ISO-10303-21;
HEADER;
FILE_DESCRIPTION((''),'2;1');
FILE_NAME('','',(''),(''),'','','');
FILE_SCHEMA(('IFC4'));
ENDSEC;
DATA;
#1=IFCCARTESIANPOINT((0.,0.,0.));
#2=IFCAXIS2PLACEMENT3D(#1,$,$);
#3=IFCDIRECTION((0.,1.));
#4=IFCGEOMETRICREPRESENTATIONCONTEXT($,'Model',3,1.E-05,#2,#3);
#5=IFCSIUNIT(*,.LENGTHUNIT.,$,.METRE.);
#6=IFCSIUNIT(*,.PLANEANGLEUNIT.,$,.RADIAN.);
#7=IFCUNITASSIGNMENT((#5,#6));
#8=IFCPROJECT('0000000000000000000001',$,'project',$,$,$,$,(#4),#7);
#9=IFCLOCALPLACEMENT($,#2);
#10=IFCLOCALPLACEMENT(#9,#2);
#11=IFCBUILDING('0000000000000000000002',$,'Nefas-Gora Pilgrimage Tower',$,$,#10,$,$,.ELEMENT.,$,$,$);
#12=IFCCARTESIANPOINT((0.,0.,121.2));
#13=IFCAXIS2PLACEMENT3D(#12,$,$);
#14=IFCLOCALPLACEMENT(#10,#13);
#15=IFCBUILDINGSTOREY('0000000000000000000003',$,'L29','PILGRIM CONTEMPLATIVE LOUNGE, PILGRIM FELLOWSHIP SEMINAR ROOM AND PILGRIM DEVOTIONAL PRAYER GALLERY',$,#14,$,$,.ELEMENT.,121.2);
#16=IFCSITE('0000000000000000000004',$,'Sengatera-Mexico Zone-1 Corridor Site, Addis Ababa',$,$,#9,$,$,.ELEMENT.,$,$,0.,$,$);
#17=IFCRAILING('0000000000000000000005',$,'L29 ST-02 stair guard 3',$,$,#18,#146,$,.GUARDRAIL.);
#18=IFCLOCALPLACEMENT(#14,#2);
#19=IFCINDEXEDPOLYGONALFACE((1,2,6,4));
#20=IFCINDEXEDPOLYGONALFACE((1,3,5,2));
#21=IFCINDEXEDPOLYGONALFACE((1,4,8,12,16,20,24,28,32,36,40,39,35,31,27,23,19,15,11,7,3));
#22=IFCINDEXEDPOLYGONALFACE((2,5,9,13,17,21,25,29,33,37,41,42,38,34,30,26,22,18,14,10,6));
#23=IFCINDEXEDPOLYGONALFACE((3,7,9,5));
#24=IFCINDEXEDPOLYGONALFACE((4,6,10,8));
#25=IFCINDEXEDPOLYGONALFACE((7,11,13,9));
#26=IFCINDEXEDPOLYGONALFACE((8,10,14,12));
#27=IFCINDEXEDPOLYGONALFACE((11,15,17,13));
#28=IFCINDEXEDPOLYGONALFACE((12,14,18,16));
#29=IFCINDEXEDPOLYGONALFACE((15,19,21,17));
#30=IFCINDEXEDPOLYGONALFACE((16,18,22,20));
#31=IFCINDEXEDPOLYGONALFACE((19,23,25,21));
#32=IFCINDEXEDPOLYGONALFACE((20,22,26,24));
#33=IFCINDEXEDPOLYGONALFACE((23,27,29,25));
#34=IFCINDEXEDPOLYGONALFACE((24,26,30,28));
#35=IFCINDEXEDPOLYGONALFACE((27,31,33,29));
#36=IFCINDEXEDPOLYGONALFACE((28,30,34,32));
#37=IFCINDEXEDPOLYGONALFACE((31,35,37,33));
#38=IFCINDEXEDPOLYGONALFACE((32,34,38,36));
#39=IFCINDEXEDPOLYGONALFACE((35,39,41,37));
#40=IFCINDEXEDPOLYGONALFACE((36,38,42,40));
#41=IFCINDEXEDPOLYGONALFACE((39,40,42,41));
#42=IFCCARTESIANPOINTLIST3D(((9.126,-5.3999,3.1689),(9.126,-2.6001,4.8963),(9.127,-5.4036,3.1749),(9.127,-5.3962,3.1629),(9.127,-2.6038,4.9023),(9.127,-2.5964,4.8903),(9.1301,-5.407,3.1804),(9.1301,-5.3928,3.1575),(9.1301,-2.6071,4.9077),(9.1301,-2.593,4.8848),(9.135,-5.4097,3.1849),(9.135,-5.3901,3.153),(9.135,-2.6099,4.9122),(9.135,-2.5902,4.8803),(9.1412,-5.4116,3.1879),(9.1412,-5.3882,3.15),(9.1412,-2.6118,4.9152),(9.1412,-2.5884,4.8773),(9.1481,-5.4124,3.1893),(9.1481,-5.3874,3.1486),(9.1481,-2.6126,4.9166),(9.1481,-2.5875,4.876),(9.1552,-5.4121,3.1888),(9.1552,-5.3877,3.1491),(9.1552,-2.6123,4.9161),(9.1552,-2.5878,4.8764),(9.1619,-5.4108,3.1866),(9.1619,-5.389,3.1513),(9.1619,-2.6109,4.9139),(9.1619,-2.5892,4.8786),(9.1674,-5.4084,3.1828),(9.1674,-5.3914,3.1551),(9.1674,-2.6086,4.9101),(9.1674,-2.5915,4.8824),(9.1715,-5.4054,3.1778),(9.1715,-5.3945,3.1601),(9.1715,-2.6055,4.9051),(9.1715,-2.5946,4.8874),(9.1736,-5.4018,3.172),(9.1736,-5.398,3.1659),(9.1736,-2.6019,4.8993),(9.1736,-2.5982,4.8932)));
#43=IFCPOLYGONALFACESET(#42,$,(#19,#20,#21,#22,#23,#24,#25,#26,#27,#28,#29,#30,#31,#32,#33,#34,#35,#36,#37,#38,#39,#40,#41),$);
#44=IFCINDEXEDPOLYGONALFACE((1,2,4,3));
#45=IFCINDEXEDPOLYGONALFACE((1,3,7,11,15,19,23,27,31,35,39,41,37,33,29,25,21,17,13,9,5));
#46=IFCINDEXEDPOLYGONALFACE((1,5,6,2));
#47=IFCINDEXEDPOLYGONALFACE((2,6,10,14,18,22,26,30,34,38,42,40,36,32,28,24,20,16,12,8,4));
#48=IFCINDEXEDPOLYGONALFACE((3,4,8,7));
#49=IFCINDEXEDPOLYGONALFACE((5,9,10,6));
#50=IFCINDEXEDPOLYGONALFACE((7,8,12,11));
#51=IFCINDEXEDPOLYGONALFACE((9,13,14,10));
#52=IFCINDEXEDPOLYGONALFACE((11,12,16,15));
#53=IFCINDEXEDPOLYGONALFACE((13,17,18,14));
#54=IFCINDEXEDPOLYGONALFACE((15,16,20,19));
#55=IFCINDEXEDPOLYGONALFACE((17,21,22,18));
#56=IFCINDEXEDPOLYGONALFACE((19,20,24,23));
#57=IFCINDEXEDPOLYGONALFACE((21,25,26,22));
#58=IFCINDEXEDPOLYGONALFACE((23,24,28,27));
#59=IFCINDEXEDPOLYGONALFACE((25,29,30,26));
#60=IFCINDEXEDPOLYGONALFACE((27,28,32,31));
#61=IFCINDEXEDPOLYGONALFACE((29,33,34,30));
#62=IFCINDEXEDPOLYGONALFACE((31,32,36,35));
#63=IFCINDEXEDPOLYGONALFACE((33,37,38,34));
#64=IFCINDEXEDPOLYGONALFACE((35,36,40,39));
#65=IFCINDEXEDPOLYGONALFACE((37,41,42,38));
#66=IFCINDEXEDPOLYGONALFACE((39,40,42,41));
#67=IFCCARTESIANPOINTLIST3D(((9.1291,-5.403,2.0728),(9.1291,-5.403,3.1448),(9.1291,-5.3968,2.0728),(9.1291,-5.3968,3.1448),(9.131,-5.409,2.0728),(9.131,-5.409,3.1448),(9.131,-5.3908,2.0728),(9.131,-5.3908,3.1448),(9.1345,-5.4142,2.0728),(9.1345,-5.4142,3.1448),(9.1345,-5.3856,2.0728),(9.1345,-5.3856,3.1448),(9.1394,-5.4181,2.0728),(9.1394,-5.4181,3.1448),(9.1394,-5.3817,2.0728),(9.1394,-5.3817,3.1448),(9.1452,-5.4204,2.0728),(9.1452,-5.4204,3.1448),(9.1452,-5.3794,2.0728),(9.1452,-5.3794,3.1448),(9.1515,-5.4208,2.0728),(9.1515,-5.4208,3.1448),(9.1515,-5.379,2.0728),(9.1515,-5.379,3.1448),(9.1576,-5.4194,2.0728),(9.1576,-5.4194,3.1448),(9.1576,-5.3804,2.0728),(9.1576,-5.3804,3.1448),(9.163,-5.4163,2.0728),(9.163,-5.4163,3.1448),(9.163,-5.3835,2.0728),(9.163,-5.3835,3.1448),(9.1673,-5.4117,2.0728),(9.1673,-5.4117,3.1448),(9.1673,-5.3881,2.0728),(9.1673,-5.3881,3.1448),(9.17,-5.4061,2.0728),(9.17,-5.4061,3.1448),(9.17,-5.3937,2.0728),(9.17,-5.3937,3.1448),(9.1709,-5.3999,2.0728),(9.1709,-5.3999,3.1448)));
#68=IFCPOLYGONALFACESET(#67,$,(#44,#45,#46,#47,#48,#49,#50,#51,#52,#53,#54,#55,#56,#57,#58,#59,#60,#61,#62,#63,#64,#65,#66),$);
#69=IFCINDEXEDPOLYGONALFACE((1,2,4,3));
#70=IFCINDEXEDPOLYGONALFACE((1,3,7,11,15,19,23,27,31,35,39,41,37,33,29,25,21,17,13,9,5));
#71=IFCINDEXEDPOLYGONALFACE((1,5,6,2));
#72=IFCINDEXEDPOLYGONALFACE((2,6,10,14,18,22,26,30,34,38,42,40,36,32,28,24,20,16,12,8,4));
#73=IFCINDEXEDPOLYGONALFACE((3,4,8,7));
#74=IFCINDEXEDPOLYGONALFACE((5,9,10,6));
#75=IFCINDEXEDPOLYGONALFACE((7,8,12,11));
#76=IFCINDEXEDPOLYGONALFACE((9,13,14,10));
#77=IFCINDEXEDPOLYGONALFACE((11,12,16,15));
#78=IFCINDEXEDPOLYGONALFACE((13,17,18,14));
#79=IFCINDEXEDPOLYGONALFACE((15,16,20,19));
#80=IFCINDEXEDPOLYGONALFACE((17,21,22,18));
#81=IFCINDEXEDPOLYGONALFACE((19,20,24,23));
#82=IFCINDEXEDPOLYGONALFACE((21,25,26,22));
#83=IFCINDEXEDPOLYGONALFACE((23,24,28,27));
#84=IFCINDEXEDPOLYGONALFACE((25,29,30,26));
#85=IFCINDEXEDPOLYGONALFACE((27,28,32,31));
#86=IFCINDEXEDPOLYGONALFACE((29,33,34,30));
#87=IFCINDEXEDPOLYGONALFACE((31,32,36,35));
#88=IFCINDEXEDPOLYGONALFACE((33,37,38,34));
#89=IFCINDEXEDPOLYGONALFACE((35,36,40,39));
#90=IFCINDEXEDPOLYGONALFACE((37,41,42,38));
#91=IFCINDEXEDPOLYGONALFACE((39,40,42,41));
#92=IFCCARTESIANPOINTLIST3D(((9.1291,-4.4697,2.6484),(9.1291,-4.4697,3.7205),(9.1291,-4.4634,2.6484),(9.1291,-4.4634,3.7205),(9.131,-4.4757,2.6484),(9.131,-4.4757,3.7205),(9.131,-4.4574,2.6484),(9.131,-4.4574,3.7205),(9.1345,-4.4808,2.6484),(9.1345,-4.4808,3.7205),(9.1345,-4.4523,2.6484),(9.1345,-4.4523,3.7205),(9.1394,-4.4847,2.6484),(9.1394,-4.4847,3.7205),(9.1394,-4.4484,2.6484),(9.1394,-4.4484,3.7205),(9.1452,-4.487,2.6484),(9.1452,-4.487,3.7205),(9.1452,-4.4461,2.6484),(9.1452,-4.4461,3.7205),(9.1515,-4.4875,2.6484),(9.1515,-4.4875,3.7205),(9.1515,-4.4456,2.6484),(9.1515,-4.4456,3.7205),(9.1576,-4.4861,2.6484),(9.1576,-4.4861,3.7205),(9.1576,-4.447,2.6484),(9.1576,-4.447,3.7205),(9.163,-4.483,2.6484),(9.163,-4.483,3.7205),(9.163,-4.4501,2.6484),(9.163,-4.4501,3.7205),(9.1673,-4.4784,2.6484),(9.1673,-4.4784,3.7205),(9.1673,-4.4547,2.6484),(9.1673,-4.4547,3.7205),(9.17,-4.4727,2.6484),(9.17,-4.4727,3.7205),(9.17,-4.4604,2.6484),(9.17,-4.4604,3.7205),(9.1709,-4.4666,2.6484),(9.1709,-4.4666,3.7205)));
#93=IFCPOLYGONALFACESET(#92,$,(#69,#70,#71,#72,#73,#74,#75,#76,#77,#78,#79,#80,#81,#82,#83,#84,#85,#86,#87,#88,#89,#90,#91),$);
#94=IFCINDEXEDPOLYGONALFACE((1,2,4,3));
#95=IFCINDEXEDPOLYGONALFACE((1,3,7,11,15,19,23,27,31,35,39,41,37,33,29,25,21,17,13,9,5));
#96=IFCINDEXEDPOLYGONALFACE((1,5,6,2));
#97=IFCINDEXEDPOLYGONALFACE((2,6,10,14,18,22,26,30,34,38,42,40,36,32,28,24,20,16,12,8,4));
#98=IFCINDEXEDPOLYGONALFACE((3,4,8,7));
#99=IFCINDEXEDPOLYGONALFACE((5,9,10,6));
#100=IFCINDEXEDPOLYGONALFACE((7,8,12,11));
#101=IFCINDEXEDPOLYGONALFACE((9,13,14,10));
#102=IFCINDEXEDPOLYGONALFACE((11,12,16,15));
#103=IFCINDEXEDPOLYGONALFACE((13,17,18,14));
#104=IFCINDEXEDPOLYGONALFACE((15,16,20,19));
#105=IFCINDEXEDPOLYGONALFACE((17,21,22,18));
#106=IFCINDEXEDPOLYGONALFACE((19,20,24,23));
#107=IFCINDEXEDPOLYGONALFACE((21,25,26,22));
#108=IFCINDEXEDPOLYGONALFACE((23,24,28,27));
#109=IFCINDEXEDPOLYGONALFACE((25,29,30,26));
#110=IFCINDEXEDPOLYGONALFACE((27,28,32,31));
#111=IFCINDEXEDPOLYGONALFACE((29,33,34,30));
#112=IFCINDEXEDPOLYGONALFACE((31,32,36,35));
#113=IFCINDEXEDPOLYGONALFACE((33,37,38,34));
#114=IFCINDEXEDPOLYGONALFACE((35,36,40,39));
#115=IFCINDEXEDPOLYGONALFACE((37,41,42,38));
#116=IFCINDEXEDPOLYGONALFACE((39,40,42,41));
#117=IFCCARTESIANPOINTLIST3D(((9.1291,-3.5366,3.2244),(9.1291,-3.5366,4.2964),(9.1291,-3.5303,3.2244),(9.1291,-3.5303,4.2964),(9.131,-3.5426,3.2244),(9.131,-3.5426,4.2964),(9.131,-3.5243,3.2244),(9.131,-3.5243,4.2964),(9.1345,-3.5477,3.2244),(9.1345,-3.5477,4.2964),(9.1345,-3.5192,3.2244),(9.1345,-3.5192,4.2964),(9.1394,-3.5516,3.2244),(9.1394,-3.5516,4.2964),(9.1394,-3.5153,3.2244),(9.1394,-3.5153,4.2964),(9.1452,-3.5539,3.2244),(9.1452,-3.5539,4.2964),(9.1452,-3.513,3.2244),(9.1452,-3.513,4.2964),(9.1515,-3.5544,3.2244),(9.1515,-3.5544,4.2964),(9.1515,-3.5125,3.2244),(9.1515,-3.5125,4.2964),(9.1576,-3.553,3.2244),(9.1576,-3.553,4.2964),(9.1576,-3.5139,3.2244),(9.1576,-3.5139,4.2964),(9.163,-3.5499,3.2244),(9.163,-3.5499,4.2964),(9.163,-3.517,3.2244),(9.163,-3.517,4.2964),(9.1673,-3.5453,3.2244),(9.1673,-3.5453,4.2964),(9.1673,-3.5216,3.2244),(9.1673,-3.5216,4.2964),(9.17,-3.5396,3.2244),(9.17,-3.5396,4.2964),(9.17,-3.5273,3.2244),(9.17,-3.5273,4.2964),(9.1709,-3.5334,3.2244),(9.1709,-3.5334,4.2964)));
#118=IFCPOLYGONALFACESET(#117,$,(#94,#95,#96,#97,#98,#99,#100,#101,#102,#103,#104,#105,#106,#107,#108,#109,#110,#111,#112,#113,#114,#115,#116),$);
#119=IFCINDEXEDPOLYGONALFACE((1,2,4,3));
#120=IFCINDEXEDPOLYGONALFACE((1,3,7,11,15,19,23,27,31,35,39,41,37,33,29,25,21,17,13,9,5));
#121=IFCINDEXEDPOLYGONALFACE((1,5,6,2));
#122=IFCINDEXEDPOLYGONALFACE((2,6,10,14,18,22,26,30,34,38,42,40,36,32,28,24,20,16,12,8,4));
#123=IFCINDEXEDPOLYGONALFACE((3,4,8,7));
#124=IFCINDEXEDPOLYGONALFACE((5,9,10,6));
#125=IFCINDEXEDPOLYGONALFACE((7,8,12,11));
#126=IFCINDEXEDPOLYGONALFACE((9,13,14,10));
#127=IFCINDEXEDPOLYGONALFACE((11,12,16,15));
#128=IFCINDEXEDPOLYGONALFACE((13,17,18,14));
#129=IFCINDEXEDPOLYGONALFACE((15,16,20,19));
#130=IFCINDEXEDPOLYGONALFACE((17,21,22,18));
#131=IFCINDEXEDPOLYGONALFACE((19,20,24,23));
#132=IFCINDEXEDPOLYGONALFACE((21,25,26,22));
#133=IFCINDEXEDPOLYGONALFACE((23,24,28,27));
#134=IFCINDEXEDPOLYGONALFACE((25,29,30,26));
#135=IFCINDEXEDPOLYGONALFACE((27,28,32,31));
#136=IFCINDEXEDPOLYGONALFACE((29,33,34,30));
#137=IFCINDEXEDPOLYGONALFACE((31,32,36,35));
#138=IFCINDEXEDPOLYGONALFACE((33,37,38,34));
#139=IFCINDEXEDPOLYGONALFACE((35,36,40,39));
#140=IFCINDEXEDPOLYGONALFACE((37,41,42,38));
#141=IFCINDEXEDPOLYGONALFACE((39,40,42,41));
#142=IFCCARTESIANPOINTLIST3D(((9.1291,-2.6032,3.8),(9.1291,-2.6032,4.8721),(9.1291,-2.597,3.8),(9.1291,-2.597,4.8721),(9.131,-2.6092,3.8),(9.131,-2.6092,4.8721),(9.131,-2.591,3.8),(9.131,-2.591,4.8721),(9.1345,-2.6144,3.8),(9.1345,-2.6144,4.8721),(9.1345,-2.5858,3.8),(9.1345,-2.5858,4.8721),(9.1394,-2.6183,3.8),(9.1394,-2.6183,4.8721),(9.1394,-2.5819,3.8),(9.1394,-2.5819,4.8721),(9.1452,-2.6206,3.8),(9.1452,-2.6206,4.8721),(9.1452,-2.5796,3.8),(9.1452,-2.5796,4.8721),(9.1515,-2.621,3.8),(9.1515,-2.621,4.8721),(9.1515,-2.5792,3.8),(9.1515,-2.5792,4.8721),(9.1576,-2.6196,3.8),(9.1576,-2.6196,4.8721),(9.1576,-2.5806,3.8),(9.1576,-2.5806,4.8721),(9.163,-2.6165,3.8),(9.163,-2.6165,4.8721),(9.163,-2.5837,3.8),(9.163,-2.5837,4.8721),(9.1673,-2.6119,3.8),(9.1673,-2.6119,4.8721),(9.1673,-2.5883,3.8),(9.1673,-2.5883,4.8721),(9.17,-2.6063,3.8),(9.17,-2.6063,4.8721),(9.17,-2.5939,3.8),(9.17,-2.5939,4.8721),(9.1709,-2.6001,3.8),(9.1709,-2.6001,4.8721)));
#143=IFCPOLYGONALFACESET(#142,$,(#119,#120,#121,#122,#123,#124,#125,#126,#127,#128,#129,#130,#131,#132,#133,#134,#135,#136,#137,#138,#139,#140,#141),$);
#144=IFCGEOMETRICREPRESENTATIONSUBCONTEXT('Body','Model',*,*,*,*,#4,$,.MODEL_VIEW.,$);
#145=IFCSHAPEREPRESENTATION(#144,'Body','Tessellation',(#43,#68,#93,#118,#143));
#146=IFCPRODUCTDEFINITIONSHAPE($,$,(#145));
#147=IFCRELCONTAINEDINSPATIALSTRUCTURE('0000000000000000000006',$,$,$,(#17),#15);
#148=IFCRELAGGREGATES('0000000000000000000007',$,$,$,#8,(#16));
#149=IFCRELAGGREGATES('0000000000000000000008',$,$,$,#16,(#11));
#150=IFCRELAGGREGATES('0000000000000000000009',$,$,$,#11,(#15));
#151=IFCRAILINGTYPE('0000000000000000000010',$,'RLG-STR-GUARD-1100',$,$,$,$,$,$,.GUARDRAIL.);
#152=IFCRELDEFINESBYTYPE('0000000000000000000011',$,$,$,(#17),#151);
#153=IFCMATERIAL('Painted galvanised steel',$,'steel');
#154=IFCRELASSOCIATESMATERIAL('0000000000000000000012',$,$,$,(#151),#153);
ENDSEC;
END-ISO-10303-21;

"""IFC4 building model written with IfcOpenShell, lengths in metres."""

from ifc_helpers import new_model, si_unit, direction, frame, origin, origin_2d, place, context, subcontext, project, spatial, circle, extrude, material, type_object, element, save


model = new_model("IFC4")

# Units and contexts
model_context = context("Model", 3, precision=1e-05, world=origin(), true_north=direction((0.0, 1.0)))
body_context = subcontext(model_context, "Body", "Model", "MODEL_VIEW")
ifc_project = project(units=[si_unit("LENGTHUNIT", "METRE"), si_unit("PLANEANGLEUNIT", "RADIAN")], contexts=[model_context])

# Site, building, storey
site_placement = place(None, origin())
site = spatial("IfcSite", under=ifc_project, at=site_placement, Name="Sengatera-Mexico Zone-1 Corridor Site, Addis Ababa", CompositionType="ELEMENT", RefElevation=0.0)
building_placement = place(site_placement, origin())
building = spatial("IfcBuilding", under=site, at=building_placement, Name="Nefas-Gora Pilgrimage Tower", CompositionType="ELEMENT")
storey_placement = place(building_placement, frame((0.0, 0.0, 121.2)))
storey = spatial("IfcBuildingStorey", under=building, at=storey_placement, Name="L29", Description="PILGRIM CONTEMPLATIVE LOUNGE, PILGRIM FELLOWSHIP SEMINAR ROOM AND PILGRIM DEVOTIONAL PRAYER GALLERY", CompositionType="ELEMENT", Elevation=121.2)

# Railing
ifc_material_1 = material(Name="Painted galvanised steel", Category="steel")
railing_type_1 = type_object("IfcRailingType", Name="RLG-STR-GUARD-1100", PredefinedType="GUARDRAIL", material=ifc_material_1)
railing_1_placement = place(storey_placement, frame((9.1499, -5.3999, 2.0728)))
element("IfcRailing", 1, at=railing_1_placement, inside=storey, type_object=railing_type_1, Name="L29 ST-02 stair guard 3", PredefinedType="GUARDRAIL", context=body_context, shape_type="SweptSolid", body=[
    extrude(circle(Radius=0.0239, at=origin_2d()), frame((0.0, 0.0, 1.0962), z_axis=(0.0, 0.851069, 0.525054), x_axis=(-1.0, 0.0, 0.0)), (0.0, 0.0, 1.0), 3.2898),
    extrude(circle(Radius=0.021, at=origin_2d()), origin(), (0.0, 0.0, 1.0), 1.072),
    extrude(circle(Radius=0.021, at=origin_2d()), frame((0.0, 0.9333, 0.5757)), (0.0, 0.0, 1.0), 1.072),
    extrude(circle(Radius=0.021, at=origin_2d()), frame((0.0, 1.8665, 1.1516)), (0.0, 0.0, 1.0), 1.072),
    extrude(circle(Radius=0.021, at=origin_2d()), frame((0.0, 2.7998, 1.7273)), (0.0, 0.0, 1.0), 1.072),
])

save(model, "model.ifc")
